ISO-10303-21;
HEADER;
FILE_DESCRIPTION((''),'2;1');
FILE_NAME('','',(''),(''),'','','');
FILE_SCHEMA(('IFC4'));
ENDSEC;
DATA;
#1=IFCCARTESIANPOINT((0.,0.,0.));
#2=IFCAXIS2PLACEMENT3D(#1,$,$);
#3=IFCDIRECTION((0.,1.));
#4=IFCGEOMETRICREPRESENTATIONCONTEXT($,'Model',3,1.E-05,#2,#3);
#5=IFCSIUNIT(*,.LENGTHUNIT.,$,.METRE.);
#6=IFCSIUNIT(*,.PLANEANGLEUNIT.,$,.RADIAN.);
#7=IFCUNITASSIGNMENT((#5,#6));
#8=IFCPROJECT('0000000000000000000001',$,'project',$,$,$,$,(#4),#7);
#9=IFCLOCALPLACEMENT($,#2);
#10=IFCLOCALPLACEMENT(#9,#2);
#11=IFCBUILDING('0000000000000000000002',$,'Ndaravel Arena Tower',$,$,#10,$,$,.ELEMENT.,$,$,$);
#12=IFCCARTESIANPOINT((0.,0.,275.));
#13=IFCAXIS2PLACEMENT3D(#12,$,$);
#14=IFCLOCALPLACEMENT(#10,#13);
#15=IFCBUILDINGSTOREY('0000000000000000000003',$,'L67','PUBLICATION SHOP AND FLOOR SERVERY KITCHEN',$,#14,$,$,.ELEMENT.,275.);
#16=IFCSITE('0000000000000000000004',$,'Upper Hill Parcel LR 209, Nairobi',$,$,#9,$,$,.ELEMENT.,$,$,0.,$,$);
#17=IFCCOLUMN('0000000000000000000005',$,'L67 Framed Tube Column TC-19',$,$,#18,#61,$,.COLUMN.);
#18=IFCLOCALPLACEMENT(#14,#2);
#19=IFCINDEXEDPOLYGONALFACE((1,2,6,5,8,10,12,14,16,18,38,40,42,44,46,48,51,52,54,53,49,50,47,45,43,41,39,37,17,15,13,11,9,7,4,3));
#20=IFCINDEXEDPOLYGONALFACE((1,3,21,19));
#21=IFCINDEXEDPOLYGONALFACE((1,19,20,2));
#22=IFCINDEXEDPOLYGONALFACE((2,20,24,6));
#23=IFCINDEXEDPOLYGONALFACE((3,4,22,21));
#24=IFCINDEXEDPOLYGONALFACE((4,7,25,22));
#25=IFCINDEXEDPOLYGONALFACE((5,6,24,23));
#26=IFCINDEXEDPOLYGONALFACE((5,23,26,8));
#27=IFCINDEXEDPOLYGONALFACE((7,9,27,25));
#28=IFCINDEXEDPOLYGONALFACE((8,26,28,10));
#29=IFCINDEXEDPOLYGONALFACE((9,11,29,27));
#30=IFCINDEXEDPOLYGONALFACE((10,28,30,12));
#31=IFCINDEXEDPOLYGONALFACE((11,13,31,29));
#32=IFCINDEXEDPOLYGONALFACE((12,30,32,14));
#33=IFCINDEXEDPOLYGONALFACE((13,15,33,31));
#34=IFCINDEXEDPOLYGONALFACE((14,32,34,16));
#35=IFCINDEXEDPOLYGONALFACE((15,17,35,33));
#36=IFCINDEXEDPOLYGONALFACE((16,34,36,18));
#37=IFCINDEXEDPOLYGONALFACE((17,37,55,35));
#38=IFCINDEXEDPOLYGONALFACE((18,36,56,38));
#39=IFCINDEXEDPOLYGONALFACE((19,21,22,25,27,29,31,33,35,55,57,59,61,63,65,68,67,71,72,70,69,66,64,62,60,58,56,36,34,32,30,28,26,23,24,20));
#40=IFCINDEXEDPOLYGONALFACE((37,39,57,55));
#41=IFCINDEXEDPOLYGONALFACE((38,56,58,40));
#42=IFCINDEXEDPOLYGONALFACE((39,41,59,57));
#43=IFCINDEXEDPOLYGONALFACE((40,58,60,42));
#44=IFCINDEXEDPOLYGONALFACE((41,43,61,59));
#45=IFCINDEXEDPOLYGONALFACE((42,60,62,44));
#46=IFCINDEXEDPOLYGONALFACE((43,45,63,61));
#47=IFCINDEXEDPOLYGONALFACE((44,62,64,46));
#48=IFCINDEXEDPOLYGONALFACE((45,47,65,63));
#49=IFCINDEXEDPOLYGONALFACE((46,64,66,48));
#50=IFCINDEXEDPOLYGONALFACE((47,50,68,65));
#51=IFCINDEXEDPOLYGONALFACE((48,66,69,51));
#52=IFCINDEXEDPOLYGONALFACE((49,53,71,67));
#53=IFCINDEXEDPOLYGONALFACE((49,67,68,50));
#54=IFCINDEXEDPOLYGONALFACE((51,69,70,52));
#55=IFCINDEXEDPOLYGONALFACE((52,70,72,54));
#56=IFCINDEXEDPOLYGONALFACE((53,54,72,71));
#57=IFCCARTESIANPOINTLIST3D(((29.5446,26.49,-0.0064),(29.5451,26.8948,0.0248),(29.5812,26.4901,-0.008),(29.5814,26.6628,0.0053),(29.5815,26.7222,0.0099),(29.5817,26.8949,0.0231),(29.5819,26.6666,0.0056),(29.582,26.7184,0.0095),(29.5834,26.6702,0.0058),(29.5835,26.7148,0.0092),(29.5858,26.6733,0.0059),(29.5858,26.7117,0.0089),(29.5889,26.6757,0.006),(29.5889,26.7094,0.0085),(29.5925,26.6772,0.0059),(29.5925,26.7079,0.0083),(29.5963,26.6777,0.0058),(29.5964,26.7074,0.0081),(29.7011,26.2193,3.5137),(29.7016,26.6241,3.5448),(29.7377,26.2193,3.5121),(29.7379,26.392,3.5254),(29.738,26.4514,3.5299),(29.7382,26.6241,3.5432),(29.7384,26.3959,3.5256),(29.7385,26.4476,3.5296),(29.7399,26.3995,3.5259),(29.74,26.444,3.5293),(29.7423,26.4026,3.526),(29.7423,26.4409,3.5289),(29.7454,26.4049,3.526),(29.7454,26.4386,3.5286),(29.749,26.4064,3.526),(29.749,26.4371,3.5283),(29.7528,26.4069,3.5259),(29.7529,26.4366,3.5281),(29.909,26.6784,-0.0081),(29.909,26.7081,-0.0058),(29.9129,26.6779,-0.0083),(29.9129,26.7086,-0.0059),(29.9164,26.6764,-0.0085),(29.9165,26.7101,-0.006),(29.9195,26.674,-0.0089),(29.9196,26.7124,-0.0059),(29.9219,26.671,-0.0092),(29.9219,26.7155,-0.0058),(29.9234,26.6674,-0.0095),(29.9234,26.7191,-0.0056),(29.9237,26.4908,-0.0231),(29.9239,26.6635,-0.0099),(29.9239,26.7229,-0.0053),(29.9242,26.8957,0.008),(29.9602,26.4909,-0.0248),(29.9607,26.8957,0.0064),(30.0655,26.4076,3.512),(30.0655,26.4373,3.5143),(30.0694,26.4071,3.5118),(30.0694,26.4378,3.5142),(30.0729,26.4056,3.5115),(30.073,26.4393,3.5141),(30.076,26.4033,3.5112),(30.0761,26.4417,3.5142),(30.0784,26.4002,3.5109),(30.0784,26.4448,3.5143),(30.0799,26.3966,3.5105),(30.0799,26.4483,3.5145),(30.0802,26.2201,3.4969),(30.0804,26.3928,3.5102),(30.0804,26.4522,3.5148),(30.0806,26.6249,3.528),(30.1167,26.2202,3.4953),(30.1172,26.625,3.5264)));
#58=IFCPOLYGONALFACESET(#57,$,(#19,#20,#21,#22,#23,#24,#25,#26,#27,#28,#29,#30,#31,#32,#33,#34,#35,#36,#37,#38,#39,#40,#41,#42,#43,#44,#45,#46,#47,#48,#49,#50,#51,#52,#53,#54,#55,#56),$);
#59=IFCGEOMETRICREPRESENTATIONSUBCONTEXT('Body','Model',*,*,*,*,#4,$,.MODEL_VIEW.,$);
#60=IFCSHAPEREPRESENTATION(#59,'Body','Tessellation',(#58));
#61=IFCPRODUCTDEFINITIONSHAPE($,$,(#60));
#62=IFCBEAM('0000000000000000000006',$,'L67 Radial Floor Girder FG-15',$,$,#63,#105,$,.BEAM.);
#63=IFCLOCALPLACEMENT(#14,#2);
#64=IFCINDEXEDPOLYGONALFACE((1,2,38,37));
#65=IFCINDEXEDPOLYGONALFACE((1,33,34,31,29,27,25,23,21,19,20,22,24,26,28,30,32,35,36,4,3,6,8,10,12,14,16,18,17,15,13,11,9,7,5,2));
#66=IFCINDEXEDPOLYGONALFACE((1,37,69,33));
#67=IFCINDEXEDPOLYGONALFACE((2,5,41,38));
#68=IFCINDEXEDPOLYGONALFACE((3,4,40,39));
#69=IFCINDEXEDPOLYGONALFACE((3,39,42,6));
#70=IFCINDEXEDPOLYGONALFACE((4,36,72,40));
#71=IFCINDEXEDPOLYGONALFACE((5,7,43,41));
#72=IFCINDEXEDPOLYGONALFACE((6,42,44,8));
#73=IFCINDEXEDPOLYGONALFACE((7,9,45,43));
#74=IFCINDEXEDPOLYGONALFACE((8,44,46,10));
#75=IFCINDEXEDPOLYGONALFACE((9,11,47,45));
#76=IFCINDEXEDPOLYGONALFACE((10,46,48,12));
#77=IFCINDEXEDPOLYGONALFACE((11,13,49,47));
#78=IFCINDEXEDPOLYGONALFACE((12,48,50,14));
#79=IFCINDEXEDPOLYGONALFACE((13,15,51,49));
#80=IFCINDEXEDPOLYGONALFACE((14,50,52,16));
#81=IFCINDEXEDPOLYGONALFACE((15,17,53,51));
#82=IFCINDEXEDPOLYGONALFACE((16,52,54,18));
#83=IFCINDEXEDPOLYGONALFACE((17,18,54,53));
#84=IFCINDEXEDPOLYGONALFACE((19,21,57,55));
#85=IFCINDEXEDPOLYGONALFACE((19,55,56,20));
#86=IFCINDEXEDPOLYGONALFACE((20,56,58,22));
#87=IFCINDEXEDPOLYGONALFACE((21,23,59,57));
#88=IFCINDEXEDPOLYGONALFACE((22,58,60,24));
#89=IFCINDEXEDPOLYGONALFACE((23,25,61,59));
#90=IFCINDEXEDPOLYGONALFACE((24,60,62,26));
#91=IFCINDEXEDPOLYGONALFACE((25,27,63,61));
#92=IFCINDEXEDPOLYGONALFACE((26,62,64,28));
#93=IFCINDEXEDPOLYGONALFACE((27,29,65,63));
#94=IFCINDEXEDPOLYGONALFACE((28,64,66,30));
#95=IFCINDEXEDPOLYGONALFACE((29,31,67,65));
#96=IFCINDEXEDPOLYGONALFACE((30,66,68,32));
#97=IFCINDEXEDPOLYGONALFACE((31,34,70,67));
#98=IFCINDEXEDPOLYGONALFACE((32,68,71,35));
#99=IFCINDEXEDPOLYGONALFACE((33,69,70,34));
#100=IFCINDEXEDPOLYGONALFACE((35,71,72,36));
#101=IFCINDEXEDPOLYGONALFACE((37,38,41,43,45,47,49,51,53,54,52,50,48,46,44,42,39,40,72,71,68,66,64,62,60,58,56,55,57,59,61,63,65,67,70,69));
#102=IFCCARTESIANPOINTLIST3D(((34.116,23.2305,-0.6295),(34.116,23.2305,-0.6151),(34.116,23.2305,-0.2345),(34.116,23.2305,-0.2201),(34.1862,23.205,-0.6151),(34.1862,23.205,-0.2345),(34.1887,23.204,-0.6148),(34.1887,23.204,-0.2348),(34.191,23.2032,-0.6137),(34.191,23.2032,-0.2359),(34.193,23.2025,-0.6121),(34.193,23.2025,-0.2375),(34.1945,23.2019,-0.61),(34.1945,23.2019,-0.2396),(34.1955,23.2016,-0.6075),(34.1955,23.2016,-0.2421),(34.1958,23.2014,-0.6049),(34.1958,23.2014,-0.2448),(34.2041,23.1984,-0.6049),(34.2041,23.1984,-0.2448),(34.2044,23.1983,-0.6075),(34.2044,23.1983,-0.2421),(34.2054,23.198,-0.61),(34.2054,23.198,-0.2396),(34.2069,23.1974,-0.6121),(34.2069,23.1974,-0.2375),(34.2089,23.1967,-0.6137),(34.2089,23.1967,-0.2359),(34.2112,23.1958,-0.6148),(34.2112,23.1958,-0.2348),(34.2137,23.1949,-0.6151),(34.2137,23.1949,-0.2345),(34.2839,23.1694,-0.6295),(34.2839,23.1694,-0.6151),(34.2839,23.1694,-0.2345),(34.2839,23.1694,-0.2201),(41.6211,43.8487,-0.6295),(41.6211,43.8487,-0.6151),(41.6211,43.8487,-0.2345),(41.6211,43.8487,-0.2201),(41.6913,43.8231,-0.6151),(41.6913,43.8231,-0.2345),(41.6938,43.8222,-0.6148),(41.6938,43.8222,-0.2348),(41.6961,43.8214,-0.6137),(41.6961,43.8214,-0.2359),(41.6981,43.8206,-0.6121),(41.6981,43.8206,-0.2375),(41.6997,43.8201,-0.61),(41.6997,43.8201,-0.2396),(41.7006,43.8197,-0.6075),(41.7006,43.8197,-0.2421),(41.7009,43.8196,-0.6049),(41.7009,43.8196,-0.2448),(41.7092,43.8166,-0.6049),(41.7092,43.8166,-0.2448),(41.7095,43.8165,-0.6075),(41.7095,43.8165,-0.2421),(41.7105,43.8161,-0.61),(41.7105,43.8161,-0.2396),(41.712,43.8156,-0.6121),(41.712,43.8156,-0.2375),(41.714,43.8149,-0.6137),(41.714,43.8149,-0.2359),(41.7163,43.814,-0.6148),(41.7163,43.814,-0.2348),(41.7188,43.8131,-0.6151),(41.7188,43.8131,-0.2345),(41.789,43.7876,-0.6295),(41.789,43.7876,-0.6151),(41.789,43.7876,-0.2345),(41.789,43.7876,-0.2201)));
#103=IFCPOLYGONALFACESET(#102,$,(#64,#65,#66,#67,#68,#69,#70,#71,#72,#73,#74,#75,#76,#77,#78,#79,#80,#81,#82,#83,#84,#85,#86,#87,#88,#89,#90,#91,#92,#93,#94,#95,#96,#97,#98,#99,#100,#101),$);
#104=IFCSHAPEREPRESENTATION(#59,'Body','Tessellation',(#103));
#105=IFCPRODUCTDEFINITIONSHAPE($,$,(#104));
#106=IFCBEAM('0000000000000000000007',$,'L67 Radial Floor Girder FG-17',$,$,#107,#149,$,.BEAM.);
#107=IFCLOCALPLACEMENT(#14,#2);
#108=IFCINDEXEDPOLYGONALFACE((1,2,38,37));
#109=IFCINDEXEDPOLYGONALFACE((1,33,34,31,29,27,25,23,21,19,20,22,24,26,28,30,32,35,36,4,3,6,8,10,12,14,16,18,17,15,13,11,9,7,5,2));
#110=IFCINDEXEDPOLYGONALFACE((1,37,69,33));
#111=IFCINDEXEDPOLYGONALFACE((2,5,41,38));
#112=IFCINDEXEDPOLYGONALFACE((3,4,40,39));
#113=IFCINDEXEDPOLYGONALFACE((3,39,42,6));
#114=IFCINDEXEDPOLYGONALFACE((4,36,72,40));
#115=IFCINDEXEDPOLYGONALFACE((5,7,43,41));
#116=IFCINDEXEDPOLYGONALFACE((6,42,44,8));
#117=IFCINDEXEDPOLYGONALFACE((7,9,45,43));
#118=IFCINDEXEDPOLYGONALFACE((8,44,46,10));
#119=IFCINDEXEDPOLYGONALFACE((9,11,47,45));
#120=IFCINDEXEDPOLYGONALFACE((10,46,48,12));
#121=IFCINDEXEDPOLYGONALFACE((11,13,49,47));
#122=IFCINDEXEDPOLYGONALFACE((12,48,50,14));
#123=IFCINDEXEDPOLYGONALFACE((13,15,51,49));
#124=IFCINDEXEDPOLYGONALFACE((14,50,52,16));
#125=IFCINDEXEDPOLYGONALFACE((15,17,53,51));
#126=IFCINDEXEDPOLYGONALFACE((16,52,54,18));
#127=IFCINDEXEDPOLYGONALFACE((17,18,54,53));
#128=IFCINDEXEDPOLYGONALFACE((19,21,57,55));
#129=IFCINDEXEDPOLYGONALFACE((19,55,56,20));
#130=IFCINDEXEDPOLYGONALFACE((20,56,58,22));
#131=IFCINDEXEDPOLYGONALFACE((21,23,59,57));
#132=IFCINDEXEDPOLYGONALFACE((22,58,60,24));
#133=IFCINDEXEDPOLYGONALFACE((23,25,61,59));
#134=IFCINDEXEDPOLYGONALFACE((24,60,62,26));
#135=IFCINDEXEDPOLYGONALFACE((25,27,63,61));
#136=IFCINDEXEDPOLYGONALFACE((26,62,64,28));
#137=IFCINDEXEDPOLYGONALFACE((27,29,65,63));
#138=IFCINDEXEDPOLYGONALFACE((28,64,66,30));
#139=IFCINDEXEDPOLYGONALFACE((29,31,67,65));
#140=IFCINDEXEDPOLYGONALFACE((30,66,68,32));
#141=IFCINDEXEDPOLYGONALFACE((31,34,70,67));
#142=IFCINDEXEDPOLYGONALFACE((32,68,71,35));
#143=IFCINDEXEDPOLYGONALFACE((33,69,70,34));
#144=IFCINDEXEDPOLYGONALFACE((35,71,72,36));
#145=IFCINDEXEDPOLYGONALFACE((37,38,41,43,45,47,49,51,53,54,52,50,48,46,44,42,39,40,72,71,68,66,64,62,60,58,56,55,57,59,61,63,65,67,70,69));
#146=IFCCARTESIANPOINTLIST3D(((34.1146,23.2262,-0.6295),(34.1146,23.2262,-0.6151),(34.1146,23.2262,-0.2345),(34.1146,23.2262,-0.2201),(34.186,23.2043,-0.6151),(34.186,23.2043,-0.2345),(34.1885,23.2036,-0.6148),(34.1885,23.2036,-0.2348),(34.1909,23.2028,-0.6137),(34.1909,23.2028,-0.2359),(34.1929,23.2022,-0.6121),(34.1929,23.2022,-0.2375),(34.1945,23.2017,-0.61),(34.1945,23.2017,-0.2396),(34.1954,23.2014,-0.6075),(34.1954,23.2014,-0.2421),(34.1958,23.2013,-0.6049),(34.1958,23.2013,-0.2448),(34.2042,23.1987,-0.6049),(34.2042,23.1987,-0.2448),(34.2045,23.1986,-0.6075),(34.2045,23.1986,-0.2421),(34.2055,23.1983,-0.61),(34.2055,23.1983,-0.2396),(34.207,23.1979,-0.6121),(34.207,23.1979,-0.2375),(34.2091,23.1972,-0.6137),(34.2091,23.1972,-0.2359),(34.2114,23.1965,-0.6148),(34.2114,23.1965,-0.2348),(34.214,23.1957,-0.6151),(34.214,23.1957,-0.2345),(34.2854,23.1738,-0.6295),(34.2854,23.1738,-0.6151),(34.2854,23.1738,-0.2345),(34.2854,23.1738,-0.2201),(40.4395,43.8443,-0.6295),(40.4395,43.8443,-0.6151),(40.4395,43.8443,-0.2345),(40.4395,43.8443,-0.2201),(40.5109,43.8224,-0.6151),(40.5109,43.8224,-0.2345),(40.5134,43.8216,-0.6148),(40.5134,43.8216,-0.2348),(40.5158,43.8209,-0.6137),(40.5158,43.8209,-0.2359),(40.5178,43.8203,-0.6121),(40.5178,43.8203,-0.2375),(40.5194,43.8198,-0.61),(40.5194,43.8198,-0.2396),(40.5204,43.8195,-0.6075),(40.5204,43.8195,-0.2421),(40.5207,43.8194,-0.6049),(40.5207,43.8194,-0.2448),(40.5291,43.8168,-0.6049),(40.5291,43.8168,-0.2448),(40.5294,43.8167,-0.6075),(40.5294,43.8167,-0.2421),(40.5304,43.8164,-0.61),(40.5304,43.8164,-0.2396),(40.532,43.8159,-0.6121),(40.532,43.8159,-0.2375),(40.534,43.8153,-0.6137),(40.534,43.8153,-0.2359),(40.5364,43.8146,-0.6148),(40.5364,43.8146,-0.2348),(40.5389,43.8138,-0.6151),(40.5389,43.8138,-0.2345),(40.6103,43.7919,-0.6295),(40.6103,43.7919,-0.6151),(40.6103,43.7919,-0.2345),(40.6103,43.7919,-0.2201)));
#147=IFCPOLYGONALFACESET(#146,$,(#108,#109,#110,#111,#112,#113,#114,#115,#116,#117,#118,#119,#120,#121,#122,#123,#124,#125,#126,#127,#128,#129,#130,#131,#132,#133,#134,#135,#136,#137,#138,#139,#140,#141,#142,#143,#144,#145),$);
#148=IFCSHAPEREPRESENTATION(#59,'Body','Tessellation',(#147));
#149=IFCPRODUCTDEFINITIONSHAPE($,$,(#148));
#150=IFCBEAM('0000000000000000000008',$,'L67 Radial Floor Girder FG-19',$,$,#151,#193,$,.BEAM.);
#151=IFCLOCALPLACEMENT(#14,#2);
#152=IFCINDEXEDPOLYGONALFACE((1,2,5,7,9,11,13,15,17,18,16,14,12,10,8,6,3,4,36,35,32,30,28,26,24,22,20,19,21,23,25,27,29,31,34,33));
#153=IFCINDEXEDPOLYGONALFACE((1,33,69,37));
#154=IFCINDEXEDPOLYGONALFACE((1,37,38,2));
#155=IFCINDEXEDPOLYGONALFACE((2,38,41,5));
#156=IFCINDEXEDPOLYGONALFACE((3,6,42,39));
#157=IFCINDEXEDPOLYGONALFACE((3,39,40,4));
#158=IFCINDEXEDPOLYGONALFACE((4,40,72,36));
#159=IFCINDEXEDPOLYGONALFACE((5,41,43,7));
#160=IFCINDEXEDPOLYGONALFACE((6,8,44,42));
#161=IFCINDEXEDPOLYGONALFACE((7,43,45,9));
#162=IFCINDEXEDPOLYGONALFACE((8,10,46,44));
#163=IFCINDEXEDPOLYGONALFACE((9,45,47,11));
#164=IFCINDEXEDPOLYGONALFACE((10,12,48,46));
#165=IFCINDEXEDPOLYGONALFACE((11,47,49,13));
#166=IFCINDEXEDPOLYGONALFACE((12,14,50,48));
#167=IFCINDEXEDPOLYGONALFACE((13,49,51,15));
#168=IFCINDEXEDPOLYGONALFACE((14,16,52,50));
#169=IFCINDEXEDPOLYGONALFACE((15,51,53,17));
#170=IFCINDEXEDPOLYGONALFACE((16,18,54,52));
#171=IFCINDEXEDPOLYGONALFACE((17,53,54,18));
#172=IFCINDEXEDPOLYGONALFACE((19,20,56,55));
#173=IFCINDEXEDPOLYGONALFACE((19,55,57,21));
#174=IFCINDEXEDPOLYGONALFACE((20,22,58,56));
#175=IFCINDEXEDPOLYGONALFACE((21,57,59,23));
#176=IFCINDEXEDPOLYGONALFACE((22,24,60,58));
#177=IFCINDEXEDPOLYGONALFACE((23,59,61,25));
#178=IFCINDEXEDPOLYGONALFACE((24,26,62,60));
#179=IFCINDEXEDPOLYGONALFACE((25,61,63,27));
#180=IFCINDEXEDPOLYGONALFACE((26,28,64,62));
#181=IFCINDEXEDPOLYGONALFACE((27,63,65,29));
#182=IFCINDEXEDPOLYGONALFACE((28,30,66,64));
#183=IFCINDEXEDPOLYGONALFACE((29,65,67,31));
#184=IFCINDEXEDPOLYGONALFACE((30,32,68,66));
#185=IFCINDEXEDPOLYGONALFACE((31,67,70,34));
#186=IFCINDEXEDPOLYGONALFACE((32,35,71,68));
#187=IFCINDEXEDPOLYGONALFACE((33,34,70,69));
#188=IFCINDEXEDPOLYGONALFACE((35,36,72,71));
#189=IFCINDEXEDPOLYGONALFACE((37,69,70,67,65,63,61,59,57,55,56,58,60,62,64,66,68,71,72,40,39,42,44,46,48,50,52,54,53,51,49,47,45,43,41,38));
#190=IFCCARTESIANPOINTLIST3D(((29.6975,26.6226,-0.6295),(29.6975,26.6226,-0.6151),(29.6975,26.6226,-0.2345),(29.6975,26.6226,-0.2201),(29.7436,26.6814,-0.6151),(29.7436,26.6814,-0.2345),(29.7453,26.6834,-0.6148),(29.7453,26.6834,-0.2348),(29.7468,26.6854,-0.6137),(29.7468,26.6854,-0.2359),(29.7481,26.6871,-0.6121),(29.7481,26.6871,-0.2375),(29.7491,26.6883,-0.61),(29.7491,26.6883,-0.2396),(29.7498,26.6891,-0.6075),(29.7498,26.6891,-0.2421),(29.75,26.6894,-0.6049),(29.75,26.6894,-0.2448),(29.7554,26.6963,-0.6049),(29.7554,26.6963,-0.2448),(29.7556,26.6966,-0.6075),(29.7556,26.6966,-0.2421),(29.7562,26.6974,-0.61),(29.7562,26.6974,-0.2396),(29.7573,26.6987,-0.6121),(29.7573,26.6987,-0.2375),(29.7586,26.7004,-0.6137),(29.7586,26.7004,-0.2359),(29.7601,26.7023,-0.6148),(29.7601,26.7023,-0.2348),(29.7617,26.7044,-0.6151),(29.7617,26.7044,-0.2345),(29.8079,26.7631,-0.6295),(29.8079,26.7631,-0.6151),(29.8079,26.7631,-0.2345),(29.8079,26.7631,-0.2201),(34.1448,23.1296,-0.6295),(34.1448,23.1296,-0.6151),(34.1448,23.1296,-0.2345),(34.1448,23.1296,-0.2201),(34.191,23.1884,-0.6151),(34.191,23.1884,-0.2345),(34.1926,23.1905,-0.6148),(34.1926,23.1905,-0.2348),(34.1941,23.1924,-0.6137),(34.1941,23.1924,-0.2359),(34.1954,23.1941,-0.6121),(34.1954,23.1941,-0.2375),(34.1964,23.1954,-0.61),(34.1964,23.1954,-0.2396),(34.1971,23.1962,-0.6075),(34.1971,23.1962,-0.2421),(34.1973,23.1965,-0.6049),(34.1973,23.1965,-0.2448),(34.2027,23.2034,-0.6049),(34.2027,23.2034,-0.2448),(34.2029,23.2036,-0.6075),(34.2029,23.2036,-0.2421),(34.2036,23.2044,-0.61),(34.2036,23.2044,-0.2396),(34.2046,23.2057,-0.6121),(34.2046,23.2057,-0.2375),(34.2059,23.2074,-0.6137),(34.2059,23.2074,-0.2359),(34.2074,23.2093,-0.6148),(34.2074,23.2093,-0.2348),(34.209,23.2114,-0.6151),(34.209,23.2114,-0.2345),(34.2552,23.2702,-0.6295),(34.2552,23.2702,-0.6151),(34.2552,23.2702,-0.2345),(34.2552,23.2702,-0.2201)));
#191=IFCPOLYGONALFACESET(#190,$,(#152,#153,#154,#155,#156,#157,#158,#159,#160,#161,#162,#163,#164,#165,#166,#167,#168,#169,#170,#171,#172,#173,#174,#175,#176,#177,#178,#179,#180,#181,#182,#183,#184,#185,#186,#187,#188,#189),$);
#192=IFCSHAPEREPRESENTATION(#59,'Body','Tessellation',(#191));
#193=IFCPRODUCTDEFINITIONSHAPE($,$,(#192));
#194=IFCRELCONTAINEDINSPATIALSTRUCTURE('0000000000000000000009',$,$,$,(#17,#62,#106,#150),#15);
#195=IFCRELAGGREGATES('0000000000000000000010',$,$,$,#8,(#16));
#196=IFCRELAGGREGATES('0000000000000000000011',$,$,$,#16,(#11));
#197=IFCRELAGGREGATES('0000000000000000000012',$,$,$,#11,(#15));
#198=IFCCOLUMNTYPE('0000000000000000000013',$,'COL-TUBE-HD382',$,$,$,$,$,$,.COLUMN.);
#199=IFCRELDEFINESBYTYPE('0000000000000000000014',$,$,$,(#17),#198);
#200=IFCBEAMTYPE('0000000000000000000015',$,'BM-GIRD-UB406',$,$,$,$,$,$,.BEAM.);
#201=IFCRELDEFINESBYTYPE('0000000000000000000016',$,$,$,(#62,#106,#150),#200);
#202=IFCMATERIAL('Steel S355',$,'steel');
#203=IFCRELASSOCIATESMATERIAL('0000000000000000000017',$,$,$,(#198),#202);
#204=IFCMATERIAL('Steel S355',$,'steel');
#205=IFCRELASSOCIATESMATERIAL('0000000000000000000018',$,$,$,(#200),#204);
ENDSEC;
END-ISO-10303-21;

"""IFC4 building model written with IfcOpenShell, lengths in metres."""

from ifc_helpers import new_model, si_unit, direction, frame, origin, origin_2d, place, context, subcontext, project, spatial, i_section, extrude, material, material_profile, profile_set, type_object, element, save


model = new_model("IFC4")

# Units and contexts
model_context = context("Model", 3, precision=1e-05, world=origin(), true_north=direction((0.0, 1.0)))
body_context = subcontext(model_context, "Body", "Model", "MODEL_VIEW")
ifc_project = project(units=[si_unit("LENGTHUNIT", "METRE"), si_unit("PLANEANGLEUNIT", "RADIAN")], contexts=[model_context])

# Site, building, storey
site_placement = place(None, origin())
site = spatial("IfcSite", under=ifc_project, at=site_placement, Name="Upper Hill Parcel LR 209, Nairobi", CompositionType="ELEMENT", RefElevation=0.0)
building_placement = place(site_placement, origin())
building = spatial("IfcBuilding", under=site, at=building_placement, Name="Ndaravel Arena Tower", CompositionType="ELEMENT")
storey_placement = place(building_placement, frame((0.0, 0.0, 275.0)))
storey = spatial("IfcBuildingStorey", under=building, at=storey_placement, Name="L67", Description="PUBLICATION SHOP AND FLOOR SERVERY KITCHEN", CompositionType="ELEMENT", Elevation=275.0)

# Column
ifc_material_1 = material(Name="Steel S355", Category="steel")
ifc_material_profile_1 = material_profile(ifc_material_1, i_section(OverallWidth=0.406, OverallDepth=0.416, WebThickness=0.0298, FlangeThickness=0.0366, FilletRadius=0.0149, at=origin_2d()), Name="HD 400x382")
ifc_profile_set_1 = profile_set([ifc_material_profile_1], Name="Steel S355")
column_type = type_object("IfcColumnType", Name="COL-TUBE-HD382", PredefinedType="COLUMN", material=ifc_profile_set_1)
column_1_placement = place(storey_placement, frame((29.7527, 26.6929, 0.0), z_axis=(0.044284, -0.076616, 0.996077), x_axis=(0.001214, 0.997058, 0.076637)))
element("IfcColumn", 1, at=column_1_placement, inside=storey, type_object=column_type, Name="L67 Framed Tube Column TC-19", PredefinedType="COLUMN", context=body_context, shape_type="SweptSolid", body=[
    extrude(i_section(OverallWidth=0.406, OverallDepth=0.416, WebThickness=0.0298, FlangeThickness=0.0366, FilletRadius=0.0149, at=origin_2d()), origin(), (0.0, 0.0, 1.0), 3.5339),
])

# Beams
ifc_material_2 = material(Name="Steel S355", Category="steel")
ifc_material_profile_2 = material_profile(ifc_material_2, i_section(OverallWidth=0.1787, OverallDepth=0.4094, WebThickness=0.0088, FlangeThickness=0.0144, FilletRadius=0.0103, at=origin_2d()), Name="UB 406x178x67")
ifc_profile_set_2 = profile_set([ifc_material_profile_2], Name="Steel S355")
beam_type_1 = type_object("IfcBeamType", Name="BM-GIRD-UB406", PredefinedType="BEAM", material=ifc_profile_set_2)
beam_1_placement = place(storey_placement, frame((41.7051, 43.8181, -0.4248), z_axis=(-0.342049, -0.939682, 0.0), x_axis=(0.939682, -0.342049, 0.0)))
element("IfcBeam", 2, at=beam_1_placement, inside=storey, type_object=beam_type_1, Name="L67 Radial Floor Girder FG-15", PredefinedType="BEAM", context=body_context, shape_type="SweptSolid", body=[
    extrude(i_section(OverallWidth=0.1787, OverallDepth=0.4094, WebThickness=0.0088, FlangeThickness=0.0144, FilletRadius=0.0103, at=origin_2d()), origin(), (0.0, 0.0, 1.0), 21.9417),
])
beam_2_placement = place(storey_placement, frame((40.5249, 43.8181, -0.4248), z_axis=(-0.293277, -0.956028, 0.0), x_axis=(0.956028, -0.293277, 0.0)))
element("IfcBeam", 3, at=beam_2_placement, inside=storey, type_object=beam_type_1, Name="L67 Radial Floor Girder FG-17", PredefinedType="BEAM", context=body_context, shape_type="SweptSolid", body=[
    extrude(i_section(OverallWidth=0.1787, OverallDepth=0.4094, WebThickness=0.0088, FlangeThickness=0.0144, FilletRadius=0.0103, at=origin_2d()), origin(), (0.0, 0.0, 1.0), 21.5664),
])
beam_3_placement = place(storey_placement, frame((29.7527, 26.6929, -0.4248), z_axis=(0.786435, -0.617673, 0.0), x_axis=(0.617673, 0.786435, 0.0)))
element("IfcBeam", 4, at=beam_3_placement, inside=storey, type_object=beam_type_1, Name="L67 Radial Floor Girder FG-19", PredefinedType="BEAM", context=body_context, shape_type="SweptSolid", body=[
    extrude(i_section(OverallWidth=0.1787, OverallDepth=0.4094, WebThickness=0.0088, FlangeThickness=0.0144, FilletRadius=0.0103, at=origin_2d()), origin(), (0.0, 0.0, 1.0), 5.655),
])

save(model, "model.ifc")
